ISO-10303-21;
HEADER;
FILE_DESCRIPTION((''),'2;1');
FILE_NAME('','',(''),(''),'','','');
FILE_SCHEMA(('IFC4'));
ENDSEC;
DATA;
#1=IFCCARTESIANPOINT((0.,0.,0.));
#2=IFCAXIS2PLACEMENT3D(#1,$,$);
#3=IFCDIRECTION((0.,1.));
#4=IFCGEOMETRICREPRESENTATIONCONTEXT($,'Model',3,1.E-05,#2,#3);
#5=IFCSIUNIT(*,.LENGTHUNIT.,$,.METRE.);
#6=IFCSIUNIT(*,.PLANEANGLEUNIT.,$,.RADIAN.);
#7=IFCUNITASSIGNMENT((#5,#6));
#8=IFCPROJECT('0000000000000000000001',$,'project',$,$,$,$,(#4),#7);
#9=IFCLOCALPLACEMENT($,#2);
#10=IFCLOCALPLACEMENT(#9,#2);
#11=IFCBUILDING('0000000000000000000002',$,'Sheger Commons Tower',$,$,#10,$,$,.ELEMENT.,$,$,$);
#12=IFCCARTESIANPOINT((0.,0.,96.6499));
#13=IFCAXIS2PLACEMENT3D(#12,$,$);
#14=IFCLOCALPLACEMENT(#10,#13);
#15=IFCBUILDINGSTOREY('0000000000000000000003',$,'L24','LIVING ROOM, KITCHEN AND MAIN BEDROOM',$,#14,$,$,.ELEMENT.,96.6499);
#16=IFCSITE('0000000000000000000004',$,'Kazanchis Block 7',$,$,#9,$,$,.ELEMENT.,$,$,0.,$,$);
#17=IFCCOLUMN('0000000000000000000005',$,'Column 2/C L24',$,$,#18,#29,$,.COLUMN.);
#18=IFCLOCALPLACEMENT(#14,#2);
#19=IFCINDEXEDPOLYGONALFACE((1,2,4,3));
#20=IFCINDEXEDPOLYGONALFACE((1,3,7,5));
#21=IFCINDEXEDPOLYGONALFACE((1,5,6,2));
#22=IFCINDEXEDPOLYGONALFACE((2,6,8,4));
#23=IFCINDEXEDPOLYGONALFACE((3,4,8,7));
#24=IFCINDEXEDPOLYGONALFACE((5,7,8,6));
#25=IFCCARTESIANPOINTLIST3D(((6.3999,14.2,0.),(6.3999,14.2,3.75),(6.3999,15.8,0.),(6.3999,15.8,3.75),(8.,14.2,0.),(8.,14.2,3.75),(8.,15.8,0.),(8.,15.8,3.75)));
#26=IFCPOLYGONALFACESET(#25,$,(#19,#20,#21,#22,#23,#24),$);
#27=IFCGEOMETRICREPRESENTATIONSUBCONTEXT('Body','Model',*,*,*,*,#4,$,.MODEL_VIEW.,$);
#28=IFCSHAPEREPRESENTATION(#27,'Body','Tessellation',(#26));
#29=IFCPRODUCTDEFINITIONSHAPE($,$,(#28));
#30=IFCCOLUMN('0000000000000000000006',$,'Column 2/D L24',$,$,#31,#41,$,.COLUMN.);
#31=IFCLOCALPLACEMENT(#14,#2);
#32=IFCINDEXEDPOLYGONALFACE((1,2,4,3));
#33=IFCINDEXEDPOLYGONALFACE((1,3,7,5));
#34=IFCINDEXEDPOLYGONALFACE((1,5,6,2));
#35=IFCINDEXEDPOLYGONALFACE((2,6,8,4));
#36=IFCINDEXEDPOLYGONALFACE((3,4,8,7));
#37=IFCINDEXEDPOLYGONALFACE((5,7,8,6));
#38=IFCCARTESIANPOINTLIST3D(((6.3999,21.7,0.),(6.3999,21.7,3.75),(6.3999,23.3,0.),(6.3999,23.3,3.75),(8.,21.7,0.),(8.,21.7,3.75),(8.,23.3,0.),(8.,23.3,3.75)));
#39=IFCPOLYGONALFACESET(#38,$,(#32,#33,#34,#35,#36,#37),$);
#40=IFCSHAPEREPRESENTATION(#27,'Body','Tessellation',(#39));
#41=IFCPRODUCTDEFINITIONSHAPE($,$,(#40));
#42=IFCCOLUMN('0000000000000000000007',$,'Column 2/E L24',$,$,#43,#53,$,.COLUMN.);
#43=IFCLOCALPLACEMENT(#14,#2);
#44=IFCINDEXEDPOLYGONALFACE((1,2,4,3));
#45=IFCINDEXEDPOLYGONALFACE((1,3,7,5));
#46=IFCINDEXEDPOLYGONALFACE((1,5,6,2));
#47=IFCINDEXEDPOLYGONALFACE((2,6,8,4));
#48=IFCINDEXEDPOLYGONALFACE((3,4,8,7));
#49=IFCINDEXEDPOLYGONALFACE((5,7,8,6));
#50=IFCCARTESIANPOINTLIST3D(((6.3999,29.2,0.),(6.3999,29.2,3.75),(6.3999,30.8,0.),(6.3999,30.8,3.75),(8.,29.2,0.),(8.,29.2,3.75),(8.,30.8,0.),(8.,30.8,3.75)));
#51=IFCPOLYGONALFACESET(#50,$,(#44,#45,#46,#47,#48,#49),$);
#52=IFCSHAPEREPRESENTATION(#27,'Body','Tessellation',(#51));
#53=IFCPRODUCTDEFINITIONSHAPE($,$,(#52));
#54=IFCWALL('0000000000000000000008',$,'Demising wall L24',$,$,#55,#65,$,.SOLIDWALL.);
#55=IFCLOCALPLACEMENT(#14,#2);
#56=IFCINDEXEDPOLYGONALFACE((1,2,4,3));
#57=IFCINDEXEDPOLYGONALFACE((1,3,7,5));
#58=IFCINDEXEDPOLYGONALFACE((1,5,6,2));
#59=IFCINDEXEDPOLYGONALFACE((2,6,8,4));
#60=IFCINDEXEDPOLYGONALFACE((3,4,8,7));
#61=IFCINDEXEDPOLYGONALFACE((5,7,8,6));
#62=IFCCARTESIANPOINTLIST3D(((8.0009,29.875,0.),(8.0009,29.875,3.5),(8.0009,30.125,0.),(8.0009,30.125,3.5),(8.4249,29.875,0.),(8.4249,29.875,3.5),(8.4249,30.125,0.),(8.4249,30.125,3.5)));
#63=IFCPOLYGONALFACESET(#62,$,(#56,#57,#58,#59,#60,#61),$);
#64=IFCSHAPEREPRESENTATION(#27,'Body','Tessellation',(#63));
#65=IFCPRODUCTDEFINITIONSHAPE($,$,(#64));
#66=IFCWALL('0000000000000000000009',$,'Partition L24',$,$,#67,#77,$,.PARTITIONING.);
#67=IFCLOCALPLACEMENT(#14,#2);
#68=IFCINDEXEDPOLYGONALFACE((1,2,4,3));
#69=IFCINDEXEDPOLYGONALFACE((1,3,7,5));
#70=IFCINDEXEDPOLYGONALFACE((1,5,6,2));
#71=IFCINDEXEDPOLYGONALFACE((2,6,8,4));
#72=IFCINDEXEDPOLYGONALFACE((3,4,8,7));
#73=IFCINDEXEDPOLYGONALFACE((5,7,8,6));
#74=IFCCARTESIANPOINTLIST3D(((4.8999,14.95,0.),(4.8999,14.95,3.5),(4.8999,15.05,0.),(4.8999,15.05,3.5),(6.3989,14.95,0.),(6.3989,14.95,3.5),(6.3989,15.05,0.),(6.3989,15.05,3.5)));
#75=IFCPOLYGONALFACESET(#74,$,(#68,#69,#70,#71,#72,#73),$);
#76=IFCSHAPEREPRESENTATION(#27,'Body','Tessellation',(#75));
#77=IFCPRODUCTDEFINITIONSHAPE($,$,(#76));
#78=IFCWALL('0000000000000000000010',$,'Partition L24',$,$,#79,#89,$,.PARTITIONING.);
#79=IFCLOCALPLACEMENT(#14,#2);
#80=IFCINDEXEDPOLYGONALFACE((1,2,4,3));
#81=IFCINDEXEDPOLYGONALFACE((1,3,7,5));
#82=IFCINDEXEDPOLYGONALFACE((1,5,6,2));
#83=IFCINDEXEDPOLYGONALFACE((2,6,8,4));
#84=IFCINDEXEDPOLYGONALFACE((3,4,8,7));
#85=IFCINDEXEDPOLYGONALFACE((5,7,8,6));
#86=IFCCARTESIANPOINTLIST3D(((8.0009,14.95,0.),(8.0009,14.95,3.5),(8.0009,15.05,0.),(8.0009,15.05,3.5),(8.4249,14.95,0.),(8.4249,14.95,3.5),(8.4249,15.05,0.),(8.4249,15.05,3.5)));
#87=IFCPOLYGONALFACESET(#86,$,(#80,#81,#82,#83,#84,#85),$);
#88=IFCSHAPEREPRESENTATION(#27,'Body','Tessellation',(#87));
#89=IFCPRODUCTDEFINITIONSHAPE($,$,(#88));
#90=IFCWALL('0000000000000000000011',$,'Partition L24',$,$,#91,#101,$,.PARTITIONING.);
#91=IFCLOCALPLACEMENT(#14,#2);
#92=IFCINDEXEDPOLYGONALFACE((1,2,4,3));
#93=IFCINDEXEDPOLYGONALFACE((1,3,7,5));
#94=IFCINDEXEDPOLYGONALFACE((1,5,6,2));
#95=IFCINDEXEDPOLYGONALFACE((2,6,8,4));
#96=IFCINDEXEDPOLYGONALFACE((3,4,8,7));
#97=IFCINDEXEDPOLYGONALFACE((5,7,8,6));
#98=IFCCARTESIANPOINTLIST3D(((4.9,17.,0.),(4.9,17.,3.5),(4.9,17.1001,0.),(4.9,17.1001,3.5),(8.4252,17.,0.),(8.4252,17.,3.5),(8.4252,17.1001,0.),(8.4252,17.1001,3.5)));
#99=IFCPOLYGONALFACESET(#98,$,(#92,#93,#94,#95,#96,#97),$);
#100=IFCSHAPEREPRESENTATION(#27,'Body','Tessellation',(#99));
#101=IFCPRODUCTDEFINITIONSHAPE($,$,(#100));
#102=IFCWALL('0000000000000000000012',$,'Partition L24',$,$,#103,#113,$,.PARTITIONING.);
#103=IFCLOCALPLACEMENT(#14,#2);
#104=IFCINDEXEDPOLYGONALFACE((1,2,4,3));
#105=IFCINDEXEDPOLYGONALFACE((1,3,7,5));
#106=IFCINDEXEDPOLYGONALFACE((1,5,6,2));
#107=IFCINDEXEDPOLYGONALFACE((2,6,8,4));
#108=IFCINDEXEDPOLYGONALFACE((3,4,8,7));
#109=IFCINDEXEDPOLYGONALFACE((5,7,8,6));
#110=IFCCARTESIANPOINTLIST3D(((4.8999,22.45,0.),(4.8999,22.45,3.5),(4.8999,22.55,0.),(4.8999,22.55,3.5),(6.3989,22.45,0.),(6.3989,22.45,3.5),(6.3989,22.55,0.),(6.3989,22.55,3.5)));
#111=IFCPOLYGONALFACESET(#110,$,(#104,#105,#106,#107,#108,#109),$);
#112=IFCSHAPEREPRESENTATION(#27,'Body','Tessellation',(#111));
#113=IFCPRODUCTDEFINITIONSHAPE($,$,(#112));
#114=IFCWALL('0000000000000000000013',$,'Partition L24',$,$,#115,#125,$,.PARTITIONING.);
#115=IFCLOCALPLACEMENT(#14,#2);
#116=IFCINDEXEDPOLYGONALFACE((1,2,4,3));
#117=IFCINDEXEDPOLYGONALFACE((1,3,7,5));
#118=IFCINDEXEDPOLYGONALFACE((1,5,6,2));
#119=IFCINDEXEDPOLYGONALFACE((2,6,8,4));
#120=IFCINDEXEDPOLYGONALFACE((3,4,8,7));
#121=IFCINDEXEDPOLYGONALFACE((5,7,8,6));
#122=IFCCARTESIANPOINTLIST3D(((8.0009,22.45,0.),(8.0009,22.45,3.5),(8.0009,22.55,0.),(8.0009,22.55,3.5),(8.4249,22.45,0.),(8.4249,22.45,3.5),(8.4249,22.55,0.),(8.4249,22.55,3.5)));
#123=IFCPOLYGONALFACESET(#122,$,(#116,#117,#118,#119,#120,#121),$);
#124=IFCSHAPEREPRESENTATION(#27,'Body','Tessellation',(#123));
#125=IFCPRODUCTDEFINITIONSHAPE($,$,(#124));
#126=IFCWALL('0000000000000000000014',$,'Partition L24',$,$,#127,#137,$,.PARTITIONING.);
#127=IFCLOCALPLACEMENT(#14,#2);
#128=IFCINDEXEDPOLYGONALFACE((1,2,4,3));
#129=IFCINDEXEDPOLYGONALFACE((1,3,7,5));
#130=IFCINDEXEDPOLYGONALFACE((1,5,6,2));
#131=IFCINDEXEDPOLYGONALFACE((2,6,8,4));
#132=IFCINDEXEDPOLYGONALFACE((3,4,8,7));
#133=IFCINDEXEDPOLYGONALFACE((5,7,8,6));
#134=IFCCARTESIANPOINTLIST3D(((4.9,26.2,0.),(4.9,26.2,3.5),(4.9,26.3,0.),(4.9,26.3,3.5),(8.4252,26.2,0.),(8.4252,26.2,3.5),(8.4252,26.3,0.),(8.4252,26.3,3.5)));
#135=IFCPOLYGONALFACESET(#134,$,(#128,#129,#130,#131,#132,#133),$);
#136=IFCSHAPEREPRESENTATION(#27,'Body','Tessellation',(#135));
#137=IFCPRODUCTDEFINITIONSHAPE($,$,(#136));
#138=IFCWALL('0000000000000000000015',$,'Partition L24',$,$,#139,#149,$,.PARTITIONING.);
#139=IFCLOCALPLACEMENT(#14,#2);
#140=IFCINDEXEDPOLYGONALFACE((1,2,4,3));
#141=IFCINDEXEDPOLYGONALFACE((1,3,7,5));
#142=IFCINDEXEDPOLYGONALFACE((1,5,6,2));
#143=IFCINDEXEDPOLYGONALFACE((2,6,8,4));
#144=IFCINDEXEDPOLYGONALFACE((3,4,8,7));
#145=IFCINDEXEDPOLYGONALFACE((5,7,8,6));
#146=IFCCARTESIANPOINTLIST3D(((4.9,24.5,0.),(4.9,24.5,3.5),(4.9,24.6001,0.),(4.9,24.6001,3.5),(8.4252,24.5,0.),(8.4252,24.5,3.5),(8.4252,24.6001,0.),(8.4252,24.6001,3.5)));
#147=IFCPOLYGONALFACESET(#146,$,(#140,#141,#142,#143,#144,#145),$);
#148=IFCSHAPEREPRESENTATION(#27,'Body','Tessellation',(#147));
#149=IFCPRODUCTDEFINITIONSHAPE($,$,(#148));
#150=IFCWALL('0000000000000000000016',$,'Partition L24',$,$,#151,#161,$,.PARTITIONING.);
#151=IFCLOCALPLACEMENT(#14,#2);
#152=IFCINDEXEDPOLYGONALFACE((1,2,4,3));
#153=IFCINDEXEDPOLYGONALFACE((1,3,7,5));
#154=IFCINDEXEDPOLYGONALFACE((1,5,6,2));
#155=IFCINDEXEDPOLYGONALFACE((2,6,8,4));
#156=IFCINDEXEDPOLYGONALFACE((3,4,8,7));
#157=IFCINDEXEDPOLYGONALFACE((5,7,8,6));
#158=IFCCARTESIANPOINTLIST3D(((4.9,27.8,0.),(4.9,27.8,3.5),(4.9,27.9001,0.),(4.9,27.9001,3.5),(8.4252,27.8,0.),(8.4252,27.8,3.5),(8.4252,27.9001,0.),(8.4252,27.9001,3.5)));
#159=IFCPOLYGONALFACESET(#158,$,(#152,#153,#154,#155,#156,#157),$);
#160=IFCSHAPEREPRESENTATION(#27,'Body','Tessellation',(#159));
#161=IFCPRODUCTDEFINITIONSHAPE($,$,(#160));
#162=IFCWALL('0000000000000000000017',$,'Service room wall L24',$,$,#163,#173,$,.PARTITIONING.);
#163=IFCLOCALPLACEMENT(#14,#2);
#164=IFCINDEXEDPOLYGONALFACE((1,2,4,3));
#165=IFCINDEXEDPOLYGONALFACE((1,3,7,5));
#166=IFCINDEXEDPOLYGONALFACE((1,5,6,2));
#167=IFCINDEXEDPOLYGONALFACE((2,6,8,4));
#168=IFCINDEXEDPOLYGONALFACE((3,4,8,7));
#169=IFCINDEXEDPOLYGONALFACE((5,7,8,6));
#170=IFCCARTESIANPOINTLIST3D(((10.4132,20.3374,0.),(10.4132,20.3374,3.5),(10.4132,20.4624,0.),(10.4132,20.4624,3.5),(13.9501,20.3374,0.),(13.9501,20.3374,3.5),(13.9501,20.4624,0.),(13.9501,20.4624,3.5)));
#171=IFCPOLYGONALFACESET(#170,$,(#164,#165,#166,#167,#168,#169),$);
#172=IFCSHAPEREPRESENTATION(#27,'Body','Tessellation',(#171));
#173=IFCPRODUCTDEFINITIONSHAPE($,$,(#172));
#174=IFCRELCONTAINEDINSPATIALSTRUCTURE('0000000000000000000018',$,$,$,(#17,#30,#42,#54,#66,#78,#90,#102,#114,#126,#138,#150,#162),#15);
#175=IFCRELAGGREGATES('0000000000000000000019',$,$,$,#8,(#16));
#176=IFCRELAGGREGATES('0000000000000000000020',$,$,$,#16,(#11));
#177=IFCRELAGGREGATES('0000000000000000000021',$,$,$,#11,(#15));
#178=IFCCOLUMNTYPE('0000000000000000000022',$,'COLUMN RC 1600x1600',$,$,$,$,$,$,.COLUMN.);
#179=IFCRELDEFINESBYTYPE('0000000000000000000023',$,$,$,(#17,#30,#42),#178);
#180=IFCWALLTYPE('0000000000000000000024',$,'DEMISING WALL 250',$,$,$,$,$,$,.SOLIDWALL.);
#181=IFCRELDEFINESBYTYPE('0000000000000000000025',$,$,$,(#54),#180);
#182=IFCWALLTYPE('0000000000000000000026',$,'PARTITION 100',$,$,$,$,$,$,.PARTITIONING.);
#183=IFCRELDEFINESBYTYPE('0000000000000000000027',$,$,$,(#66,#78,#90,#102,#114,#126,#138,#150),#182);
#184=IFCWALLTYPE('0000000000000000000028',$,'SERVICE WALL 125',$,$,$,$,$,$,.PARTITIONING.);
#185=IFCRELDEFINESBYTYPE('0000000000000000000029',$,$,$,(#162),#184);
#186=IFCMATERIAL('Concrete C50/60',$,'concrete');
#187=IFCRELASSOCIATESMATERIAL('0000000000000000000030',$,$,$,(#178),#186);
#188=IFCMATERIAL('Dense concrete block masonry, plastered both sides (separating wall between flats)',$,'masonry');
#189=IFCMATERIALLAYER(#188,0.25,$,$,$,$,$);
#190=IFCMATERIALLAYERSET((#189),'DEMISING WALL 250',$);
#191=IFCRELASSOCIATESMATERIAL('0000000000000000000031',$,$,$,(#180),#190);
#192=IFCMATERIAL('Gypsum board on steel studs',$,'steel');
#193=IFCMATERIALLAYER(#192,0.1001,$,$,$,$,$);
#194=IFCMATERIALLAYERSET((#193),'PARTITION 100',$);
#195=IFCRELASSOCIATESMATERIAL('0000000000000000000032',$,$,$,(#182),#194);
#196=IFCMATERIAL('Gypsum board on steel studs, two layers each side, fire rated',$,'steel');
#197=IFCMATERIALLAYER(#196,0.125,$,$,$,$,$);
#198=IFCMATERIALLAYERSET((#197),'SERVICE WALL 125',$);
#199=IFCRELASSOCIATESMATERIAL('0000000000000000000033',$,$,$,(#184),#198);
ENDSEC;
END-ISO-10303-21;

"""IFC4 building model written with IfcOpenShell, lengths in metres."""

from ifc_helpers import new_model, si_unit, direction, frame, frame_2d, origin, origin_2d, place, context, subcontext, project, spatial, rectangle, extrude, material, layer, layer_set, material_profile, profile_set, type_object, element, save


model = new_model("IFC4")

# Units and contexts
model_context = context("Model", 3, precision=1e-05, world=origin(), true_north=direction((0.0, 1.0)))
body_context = subcontext(model_context, "Body", "Model", "MODEL_VIEW")
ifc_project = project(units=[si_unit("LENGTHUNIT", "METRE"), si_unit("PLANEANGLEUNIT", "RADIAN")], contexts=[model_context])

# Site, building, storey
site_placement = place(None, origin())
site = spatial("IfcSite", under=ifc_project, at=site_placement, Name="Kazanchis Block 7", CompositionType="ELEMENT", RefElevation=0.0)
building_placement = place(site_placement, origin())
building = spatial("IfcBuilding", under=site, at=building_placement, Name="Sheger Commons Tower", CompositionType="ELEMENT")
storey_placement = place(building_placement, frame((0.0, 0.0, 96.6499)))
storey = spatial("IfcBuildingStorey", under=building, at=storey_placement, Name="L24", Description="LIVING ROOM, KITCHEN AND MAIN BEDROOM", CompositionType="ELEMENT", Elevation=96.6499)

# Columns
ifc_material_1 = material(Name="Concrete C50/60", Category="concrete")
ifc_material_profile = material_profile(ifc_material_1, rectangle(XDim=1.6001, YDim=1.6001, at=origin_2d()), Name="RC 1600x1600")
ifc_profile_set = profile_set([ifc_material_profile], Name="Concrete C50/60")
column_type = type_object("IfcColumnType", Name="COLUMN RC 1600x1600", PredefinedType="COLUMN", material=ifc_profile_set)
for number, where, z_axis, x_axis, name in (
    (1, (7.2, 15.0, 0.0), (0.0, 0.0, 1.0), (1.0, 0.0, 0.0), "Column 2/C L24"),
    (2, (7.2, 22.5, 0.0), (0.0, 0.0, 1.0), (1.0, 0.0, 0.0), "Column 2/D L24"),
    (3, (7.2, 30.0, 0.0), (0.0, 0.0, 1.0), (1.0, 0.0, 0.0), "Column 2/E L24"),
):
    element("IfcColumn", number, at=place(storey_placement, frame(where, z_axis=z_axis, x_axis=x_axis)), inside=storey, type_object=column_type, Name=name, PredefinedType="COLUMN", context=body_context, shape_type="SweptSolid", body=[
        extrude(rectangle(XDim=1.6001, YDim=1.6001, at=origin_2d()), origin(), (0.0, 0.0, 1.0), 3.75),
    ])

# Walls
ifc_material_2 = material(Name="Dense concrete block masonry, plastered both sides (separating wall between flats)", Category="masonry")
ifc_layer_1 = layer(ifc_material_2, 0.25)
ifc_layer_set_1 = layer_set([ifc_layer_1], Name="DEMISING WALL 250")
wall_type_1 = type_object("IfcWallType", Name="DEMISING WALL 250", PredefinedType="SOLIDWALL", material=ifc_layer_set_1)
wall_1_placement = place(storey_placement, frame((8.001, 30.0, 0.0), z_axis=(0.0, 0.0, 1.0), x_axis=(1.0, 0.0, 0.0)))
element("IfcWall", 4, at=wall_1_placement, inside=storey, type_object=wall_type_1, Name="Demising wall L24", PredefinedType="SOLIDWALL", context=body_context, shape_type="SweptSolid", body=[
    extrude(rectangle(XDim=0.4241, YDim=0.25, at=frame_2d((0.2119, 0.0))), origin(), (0.0, 0.0, 1.0), 3.5),
])
ifc_material_3 = material(Name="Gypsum board on steel studs", Category="steel")
ifc_layer_2 = layer(ifc_material_3, 0.1001)
ifc_layer_set_2 = layer_set([ifc_layer_2], Name="PARTITION 100")
wall_type_2 = type_object("IfcWallType", Name="PARTITION 100", PredefinedType="PARTITIONING", material=ifc_layer_set_2)
wall_2_placement = place(storey_placement, frame((4.8999, 15.0, 0.0), z_axis=(0.0, 0.0, 1.0), x_axis=(1.0, 0.0, 0.0)))
element("IfcWall", 5, at=wall_2_placement, inside=storey, type_object=wall_type_2, Name="Partition L24", PredefinedType="PARTITIONING", context=body_context, shape_type="SweptSolid", body=[
    extrude(rectangle(XDim=1.499, YDim=0.1001, at=frame_2d((0.7495, 0.0))), origin(), (0.0, 0.0, 1.0), 3.5),
])
wall_3_placement = place(storey_placement, frame((8.001, 15.0, 0.0), z_axis=(0.0, 0.0, 1.0), x_axis=(1.0, 0.0, 0.0)))
element("IfcWall", 6, at=wall_3_placement, inside=storey, type_object=wall_type_2, Name="Partition L24", PredefinedType="PARTITIONING", context=body_context, shape_type="SweptSolid", body=[
    extrude(rectangle(XDim=0.4241, YDim=0.1001, at=frame_2d((0.2119, 0.0))), origin(), (0.0, 0.0, 1.0), 3.5),
])
wall_4_placement = place(storey_placement, frame((4.8999, 17.05, 0.0), z_axis=(0.0, 0.0, 1.0), x_axis=(1.0, 0.0, 0.0)))
element("IfcWall", 7, at=wall_4_placement, inside=storey, type_object=wall_type_2, Name="Partition L24", PredefinedType="PARTITIONING", context=body_context, shape_type="SweptSolid", body=[
    extrude(rectangle(XDim=3.5251, YDim=0.1001, at=frame_2d((1.7627, 0.0))), origin(), (0.0, 0.0, 1.0), 3.5),
])
wall_5_placement = place(storey_placement, frame((4.8999, 22.5, 0.0), z_axis=(0.0, 0.0, 1.0), x_axis=(1.0, 0.0, 0.0)))
element("IfcWall", 8, at=wall_5_placement, inside=storey, type_object=wall_type_2, Name="Partition L24", PredefinedType="PARTITIONING", context=body_context, shape_type="SweptSolid", body=[
    extrude(rectangle(XDim=1.499, YDim=0.1001, at=frame_2d((0.7495, 0.0))), origin(), (0.0, 0.0, 1.0), 3.5),
])
wall_6_placement = place(storey_placement, frame((8.001, 22.5, 0.0), z_axis=(0.0, 0.0, 1.0), x_axis=(1.0, 0.0, 0.0)))
element("IfcWall", 9, at=wall_6_placement, inside=storey, type_object=wall_type_2, Name="Partition L24", PredefinedType="PARTITIONING", context=body_context, shape_type="SweptSolid", body=[
    extrude(rectangle(XDim=0.4241, YDim=0.1001, at=frame_2d((0.2119, 0.0))), origin(), (0.0, 0.0, 1.0), 3.5),
])
for number, where, z_axis, x_axis, name in (
    (10, (4.8999, 26.25, 0.0), (0.0, 0.0, 1.0), (1.0, 0.0, 0.0), "Partition L24"),
    (11, (4.8999, 24.55, 0.0), (0.0, 0.0, 1.0), (1.0, 0.0, 0.0), "Partition L24"),
    (12, (4.8999, 27.8501, 0.0), (0.0, 0.0, 1.0), (1.0, 0.0, 0.0), "Partition L24"),
):
    element("IfcWall", number, at=place(storey_placement, frame(where, z_axis=z_axis, x_axis=x_axis)), inside=storey, type_object=wall_type_2, Name=name, PredefinedType="PARTITIONING", context=body_context, shape_type="SweptSolid", body=[
        extrude(rectangle(XDim=3.5251, YDim=0.1001, at=frame_2d((1.7627, 0.0))), origin(), (0.0, 0.0, 1.0), 3.5),
    ])
ifc_material_4 = material(Name="Gypsum board on steel studs, two layers each side, fire rated", Category="steel")
ifc_layer_3 = layer(ifc_material_4, 0.125)
ifc_layer_set_3 = layer_set([ifc_layer_3], Name="SERVICE WALL 125")
wall_type_3 = type_object("IfcWallType", Name="SERVICE WALL 125", PredefinedType="PARTITIONING", material=ifc_layer_set_3)
wall_7_placement = place(storey_placement, frame((10.4131, 20.3999, 0.0), z_axis=(0.0, 0.0, 1.0), x_axis=(1.0, 0.0, 0.0)))
element("IfcWall", 13, at=wall_7_placement, inside=storey, type_object=wall_type_3, Name="Service room wall L24", PredefinedType="PARTITIONING", context=body_context, shape_type="SweptSolid", body=[
    extrude(rectangle(XDim=3.5369, YDim=0.125, at=frame_2d((1.7686, 0.0))), origin(), (0.0, 0.0, 1.0), 3.5),
])

save(model, "model.ifc")
